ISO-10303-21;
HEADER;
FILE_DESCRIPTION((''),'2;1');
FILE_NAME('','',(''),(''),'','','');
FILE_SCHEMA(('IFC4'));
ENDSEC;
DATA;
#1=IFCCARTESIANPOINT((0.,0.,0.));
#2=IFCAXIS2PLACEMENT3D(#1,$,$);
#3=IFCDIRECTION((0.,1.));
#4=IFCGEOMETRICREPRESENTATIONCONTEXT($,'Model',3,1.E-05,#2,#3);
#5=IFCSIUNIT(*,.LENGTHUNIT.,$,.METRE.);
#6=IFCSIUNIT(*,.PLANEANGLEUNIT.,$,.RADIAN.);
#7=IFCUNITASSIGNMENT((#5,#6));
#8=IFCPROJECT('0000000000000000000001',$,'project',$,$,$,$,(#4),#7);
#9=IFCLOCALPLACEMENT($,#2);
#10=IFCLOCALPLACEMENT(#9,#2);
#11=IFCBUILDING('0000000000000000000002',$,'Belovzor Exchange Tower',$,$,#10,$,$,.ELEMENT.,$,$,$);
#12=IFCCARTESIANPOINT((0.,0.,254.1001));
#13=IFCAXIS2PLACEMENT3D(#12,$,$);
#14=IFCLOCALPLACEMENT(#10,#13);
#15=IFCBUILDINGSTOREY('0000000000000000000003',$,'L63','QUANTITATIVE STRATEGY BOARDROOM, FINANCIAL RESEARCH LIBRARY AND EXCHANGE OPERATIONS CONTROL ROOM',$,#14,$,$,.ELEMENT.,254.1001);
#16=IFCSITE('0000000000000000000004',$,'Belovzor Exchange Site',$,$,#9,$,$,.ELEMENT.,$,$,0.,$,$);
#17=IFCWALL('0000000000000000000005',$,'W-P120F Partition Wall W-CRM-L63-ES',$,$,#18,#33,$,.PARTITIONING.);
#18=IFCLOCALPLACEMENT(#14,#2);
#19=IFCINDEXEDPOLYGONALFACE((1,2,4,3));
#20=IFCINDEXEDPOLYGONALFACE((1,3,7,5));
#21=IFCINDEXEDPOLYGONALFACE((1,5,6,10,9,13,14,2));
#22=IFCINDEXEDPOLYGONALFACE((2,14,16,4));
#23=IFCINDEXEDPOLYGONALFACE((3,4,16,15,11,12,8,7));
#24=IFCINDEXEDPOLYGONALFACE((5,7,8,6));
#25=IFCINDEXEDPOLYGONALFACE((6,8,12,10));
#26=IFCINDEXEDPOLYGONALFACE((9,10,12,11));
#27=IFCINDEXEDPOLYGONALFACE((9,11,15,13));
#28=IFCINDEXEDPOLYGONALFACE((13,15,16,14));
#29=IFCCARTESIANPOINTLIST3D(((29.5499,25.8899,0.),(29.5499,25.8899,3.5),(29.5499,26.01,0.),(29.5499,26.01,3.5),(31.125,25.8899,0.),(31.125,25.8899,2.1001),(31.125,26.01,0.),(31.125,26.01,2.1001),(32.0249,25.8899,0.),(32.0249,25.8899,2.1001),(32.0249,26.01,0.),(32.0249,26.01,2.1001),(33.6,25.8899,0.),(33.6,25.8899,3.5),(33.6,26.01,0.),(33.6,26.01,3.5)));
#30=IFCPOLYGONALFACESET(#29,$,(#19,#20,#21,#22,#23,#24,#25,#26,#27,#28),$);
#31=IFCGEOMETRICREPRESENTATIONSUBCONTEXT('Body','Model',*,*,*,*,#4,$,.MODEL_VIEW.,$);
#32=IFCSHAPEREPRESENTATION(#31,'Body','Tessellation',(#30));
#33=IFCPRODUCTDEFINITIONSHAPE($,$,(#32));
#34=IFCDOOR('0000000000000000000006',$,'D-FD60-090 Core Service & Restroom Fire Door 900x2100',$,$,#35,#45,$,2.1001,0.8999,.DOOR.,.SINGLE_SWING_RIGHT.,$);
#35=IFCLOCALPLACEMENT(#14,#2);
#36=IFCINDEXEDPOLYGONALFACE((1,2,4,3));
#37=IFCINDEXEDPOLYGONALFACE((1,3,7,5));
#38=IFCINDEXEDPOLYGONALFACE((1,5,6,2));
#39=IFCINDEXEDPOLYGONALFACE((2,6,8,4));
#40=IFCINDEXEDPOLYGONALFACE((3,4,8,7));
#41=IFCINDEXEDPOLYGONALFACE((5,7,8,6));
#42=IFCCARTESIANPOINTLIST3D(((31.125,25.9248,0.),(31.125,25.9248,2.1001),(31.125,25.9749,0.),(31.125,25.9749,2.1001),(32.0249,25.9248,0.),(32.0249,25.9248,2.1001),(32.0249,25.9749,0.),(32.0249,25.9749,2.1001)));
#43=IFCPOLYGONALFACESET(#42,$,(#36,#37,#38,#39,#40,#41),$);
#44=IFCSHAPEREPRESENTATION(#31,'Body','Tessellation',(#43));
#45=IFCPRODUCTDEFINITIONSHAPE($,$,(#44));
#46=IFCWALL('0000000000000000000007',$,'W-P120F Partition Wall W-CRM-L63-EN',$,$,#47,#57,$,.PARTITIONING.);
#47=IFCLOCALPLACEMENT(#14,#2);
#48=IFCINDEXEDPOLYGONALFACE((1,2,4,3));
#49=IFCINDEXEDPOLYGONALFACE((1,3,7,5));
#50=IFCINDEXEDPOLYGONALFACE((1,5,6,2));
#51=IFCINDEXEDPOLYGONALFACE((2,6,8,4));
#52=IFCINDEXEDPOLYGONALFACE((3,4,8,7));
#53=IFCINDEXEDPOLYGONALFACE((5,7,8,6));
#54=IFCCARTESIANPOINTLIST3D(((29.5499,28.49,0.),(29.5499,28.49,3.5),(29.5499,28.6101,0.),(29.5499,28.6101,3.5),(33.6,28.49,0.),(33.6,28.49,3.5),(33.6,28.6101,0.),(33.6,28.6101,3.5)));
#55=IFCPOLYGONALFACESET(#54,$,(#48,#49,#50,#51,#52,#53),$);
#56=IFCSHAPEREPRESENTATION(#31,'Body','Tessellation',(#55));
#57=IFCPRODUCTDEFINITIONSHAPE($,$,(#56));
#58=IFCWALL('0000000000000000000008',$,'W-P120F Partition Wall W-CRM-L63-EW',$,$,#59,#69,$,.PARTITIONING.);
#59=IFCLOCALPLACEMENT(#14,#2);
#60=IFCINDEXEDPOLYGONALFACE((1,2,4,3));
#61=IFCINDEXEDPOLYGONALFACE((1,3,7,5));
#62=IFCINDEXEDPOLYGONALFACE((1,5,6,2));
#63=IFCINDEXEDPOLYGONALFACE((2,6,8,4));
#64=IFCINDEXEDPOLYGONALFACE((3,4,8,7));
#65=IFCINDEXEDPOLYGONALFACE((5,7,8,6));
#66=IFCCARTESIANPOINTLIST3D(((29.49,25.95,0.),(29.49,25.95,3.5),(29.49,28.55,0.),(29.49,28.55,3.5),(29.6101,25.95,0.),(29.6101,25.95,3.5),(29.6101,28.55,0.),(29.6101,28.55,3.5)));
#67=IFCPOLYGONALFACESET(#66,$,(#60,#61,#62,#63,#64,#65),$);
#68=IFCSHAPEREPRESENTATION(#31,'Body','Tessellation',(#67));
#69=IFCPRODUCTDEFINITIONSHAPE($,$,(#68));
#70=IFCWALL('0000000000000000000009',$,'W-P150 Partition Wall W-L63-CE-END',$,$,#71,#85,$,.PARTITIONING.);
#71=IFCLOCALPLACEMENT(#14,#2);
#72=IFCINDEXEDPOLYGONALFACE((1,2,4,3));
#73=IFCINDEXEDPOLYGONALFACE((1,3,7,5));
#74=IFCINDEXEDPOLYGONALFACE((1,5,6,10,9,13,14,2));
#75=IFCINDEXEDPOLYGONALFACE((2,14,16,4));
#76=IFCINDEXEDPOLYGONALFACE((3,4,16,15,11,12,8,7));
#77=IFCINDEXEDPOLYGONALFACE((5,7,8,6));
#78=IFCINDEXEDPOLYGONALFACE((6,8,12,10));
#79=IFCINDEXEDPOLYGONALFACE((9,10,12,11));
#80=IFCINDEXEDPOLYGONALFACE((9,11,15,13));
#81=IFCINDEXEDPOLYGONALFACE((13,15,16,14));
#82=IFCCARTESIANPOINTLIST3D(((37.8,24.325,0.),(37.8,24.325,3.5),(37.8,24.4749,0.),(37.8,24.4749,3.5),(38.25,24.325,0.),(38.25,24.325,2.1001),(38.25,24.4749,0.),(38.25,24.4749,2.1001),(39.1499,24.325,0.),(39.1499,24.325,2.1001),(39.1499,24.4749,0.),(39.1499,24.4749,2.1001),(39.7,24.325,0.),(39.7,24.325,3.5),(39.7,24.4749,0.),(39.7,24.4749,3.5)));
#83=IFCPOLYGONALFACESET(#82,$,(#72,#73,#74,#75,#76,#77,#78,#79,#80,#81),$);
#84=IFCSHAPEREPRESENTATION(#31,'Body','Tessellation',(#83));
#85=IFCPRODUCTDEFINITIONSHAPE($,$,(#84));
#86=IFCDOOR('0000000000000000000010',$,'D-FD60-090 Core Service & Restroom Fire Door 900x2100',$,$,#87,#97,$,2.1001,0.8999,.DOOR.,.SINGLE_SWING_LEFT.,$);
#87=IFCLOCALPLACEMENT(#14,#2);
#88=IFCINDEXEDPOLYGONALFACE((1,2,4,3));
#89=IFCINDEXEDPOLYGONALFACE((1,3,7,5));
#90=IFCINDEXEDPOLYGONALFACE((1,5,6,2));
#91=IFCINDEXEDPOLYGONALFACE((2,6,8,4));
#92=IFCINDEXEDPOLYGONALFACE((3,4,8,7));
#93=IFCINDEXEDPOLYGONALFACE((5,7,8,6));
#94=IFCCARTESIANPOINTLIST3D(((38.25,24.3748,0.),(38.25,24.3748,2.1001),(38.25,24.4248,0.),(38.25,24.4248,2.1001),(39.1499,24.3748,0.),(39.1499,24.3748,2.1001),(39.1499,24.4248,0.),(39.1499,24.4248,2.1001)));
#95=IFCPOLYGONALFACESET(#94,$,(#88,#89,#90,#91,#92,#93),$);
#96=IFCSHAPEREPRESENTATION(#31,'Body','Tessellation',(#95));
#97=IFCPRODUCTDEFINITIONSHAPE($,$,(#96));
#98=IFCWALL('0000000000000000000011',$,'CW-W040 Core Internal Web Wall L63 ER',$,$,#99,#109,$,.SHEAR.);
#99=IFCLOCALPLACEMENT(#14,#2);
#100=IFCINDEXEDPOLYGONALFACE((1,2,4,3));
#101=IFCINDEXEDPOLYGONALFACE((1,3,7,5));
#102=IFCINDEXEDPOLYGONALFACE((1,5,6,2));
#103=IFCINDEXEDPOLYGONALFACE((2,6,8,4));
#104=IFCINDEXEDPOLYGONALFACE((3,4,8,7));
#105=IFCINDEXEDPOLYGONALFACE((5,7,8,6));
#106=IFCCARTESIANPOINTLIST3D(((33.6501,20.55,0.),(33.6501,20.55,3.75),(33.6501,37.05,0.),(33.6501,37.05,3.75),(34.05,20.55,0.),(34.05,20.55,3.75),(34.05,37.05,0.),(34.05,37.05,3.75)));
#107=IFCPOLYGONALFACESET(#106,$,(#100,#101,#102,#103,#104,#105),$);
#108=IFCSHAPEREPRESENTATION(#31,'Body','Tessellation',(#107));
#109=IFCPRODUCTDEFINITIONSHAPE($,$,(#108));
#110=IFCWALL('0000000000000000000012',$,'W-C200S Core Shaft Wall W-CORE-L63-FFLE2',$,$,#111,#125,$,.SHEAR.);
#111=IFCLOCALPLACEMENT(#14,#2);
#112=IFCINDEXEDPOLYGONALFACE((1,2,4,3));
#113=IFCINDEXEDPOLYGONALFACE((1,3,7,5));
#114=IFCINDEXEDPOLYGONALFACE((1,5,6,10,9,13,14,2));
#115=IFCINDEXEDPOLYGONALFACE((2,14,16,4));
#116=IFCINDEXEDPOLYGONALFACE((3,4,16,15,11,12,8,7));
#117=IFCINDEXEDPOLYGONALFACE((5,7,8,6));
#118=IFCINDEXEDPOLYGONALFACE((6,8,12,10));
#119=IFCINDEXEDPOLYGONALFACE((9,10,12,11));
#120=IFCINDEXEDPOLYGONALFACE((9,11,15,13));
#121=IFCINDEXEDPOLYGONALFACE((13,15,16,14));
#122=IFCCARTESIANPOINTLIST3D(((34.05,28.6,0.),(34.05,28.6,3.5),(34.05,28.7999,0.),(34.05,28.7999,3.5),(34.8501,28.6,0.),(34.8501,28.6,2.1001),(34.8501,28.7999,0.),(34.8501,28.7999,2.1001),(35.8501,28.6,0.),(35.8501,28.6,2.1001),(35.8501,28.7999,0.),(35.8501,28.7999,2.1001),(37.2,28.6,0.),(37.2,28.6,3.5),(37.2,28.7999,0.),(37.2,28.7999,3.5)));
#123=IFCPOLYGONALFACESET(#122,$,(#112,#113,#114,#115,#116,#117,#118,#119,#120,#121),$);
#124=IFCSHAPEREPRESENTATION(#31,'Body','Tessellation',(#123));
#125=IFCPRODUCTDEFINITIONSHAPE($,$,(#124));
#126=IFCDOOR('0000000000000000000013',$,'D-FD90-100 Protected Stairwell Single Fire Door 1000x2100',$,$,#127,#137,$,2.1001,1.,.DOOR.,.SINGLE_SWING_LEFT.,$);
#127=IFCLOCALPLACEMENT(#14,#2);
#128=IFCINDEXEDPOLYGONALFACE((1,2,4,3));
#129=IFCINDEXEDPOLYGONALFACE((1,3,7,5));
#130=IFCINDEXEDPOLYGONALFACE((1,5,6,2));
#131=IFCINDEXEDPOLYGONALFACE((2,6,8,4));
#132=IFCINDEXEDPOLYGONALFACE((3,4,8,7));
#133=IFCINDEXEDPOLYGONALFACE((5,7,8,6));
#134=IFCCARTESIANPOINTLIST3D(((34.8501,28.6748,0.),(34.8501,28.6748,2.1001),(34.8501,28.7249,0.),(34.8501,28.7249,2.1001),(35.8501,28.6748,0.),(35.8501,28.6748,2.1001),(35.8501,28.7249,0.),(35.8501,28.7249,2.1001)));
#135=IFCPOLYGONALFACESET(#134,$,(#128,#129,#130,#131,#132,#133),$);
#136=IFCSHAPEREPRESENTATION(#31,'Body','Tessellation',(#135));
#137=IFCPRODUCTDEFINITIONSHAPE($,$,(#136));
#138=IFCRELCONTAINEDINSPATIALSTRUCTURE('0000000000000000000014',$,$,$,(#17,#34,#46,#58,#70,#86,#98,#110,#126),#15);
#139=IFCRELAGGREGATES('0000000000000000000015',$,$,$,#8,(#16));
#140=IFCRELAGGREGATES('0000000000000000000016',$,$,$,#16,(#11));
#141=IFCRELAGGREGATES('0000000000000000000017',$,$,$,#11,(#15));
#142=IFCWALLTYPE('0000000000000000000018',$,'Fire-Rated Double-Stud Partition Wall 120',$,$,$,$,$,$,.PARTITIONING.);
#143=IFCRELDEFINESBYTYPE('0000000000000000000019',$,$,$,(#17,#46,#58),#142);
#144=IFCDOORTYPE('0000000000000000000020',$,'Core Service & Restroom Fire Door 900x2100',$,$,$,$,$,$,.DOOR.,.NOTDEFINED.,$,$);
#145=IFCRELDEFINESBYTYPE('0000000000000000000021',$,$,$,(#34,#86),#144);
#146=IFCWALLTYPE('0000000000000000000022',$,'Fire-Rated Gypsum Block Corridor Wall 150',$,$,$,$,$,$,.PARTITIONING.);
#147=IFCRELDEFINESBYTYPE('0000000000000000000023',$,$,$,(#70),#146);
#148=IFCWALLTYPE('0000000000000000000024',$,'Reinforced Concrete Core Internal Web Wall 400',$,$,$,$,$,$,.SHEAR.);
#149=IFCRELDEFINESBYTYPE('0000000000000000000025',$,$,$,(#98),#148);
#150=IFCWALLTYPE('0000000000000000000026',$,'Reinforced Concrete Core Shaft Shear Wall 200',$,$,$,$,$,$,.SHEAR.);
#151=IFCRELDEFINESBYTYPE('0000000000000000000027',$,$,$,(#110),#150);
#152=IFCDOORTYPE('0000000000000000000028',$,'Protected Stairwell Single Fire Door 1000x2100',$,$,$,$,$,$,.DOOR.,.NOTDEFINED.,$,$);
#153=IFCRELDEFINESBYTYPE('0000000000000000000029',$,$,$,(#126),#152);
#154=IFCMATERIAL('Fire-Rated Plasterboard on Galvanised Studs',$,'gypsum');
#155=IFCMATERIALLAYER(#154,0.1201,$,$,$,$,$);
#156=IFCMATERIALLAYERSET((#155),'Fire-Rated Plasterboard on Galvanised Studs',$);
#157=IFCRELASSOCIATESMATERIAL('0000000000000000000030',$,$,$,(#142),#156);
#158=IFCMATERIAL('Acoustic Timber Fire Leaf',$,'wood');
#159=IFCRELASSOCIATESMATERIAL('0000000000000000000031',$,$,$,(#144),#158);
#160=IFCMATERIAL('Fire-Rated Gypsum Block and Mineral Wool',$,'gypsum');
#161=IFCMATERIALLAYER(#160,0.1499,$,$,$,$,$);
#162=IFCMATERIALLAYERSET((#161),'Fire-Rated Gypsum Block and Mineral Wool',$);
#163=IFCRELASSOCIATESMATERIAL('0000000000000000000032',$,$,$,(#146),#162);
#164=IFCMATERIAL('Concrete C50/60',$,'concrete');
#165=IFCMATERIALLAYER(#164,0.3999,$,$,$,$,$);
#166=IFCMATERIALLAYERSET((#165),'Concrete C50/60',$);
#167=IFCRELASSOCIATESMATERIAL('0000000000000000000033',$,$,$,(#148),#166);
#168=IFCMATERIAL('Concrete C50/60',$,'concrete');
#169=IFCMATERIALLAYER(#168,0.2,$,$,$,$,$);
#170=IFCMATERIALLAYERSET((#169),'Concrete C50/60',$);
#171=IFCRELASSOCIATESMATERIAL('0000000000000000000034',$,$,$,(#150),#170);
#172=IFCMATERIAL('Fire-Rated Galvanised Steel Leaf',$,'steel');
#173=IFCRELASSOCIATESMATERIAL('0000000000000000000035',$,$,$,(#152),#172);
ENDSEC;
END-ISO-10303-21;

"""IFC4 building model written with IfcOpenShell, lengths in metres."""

from ifc_helpers import new_model, si_unit, direction, frame, frame_2d, origin, place, context, subcontext, project, spatial, rectangle, extrude, material, layer, layer_set, type_object, element, fill, save


model = new_model("IFC4")

# Units and contexts
model_context = context("Model", 3, precision=1e-05, world=origin(), true_north=direction((0.0, 1.0)))
body_context = subcontext(model_context, "Body", "Model", "MODEL_VIEW")
ifc_project = project(units=[si_unit("LENGTHUNIT", "METRE"), si_unit("PLANEANGLEUNIT", "RADIAN")], contexts=[model_context])

# Site, building, storey
site_placement = place(None, origin())
site = spatial("IfcSite", under=ifc_project, at=site_placement, Name="Belovzor Exchange Site", CompositionType="ELEMENT", RefElevation=0.0)
building_placement = place(site_placement, origin())
building = spatial("IfcBuilding", under=site, at=building_placement, Name="Belovzor Exchange Tower", CompositionType="ELEMENT")
storey_placement = place(building_placement, frame((0.0, 0.0, 254.1001)))
storey = spatial("IfcBuildingStorey", under=building, at=storey_placement, Name="L63", Description="QUANTITATIVE STRATEGY BOARDROOM, FINANCIAL RESEARCH LIBRARY AND EXCHANGE OPERATIONS CONTROL ROOM", CompositionType="ELEMENT", Elevation=254.1001)

# Shared definitions
ifc_material_1 = material(Name="Fire-Rated Plasterboard on Galvanised Studs", Category="gypsum")
ifc_layer_1 = layer(ifc_material_1, 0.1201)
ifc_layer_set_1 = layer_set([ifc_layer_1], Name="Fire-Rated Plasterboard on Galvanised Studs")
wall_type_1 = type_object("IfcWallType", Name="Fire-Rated Double-Stud Partition Wall 120", PredefinedType="PARTITIONING", material=ifc_layer_set_1)

# Shared definitions
ifc_material_2 = material(Name="Acoustic Timber Fire Leaf", Category="wood")
door_type_1 = type_object("IfcDoorType", Name="Core Service & Restroom Fire Door 900x2100", OperationType="NOTDEFINED", PredefinedType="DOOR", material=ifc_material_2)

# Wall, opening, door
wall_1_placement = place(storey_placement, frame((29.55, 25.95, 0.0), z_axis=(0.0, 0.0, 1.0), x_axis=(1.0, 0.0, 0.0)))
wall_1 = element("IfcWall", 1, at=wall_1_placement, inside=storey, type_object=wall_type_1, Name="W-P120F Partition Wall W-CRM-L63-ES", PredefinedType="PARTITIONING", context=body_context, shape_type="SweptSolid", body=[
    extrude(rectangle(XDim=4.05, YDim=0.1201, at=frame_2d((2.0249, 0.0))), origin(), (0.0, 0.0, 1.0), 3.5),
])
opening_1_placement = place(wall_1_placement, frame((1.575, 0.0, 0.0)))
opening_1 = element("IfcOpeningElement", 2, at=opening_1_placement, cuts=wall_1, PredefinedType="OPENING", context=body_context, shape_type="SweptSolid", body=[
    extrude(rectangle(XDim=0.8999, YDim=2.1001, at=frame_2d((0.45, 1.05))), frame((0.0, 0.0701, 0.0), z_axis=(0.0, -1.0, 0.0), x_axis=(1.0, 0.0, 0.0)), (0.0, 0.0, 1.0), 0.1401),
])
door_1_placement = place(opening_1_placement, origin())
door_1 = element("IfcDoor", 3, at=door_1_placement, inside=storey, type_object=door_type_1, Name="D-FD60-090 Core Service & Restroom Fire Door 900x2100", OperationType="SINGLE_SWING_RIGHT", OverallHeight=2.1001, OverallWidth=0.8999, PredefinedType="DOOR", context=body_context, shape_type="SweptSolid", body=[
    extrude(rectangle(XDim=0.8999, YDim=2.1001, at=frame_2d((0.45, 1.05))), frame((0.0, 0.0249, 0.0), z_axis=(0.0, -1.0, 0.0), x_axis=(1.0, 0.0, 0.0)), (0.0, 0.0, 1.0), 0.05),
])
fill(opening_1, door_1)

# Walls
wall_2_placement = place(storey_placement, frame((29.55, 28.55, 0.0), z_axis=(0.0, 0.0, 1.0), x_axis=(1.0, 0.0, 0.0)))
element("IfcWall", 4, at=wall_2_placement, inside=storey, type_object=wall_type_1, Name="W-P120F Partition Wall W-CRM-L63-EN", PredefinedType="PARTITIONING", context=body_context, shape_type="SweptSolid", body=[
    extrude(rectangle(XDim=4.05, YDim=0.1201, at=frame_2d((2.0249, 0.0))), origin(), (0.0, 0.0, 1.0), 3.5),
])
wall_3_placement = place(storey_placement, frame((29.55, 25.95, 0.0), z_axis=(0.0, 0.0, 1.0), x_axis=(0.0, 1.0, 0.0)))
element("IfcWall", 5, at=wall_3_placement, inside=storey, type_object=wall_type_1, Name="W-P120F Partition Wall W-CRM-L63-EW", PredefinedType="PARTITIONING", context=body_context, shape_type="SweptSolid", body=[
    extrude(rectangle(XDim=2.6001, YDim=0.1201, at=frame_2d((1.3, 0.0))), origin(), (0.0, 0.0, 1.0), 3.5),
])

# Wall, opening, door
ifc_material_3 = material(Name="Fire-Rated Gypsum Block and Mineral Wool", Category="gypsum")
ifc_layer_2 = layer(ifc_material_3, 0.1499)
ifc_layer_set_2 = layer_set([ifc_layer_2], Name="Fire-Rated Gypsum Block and Mineral Wool")
wall_type_2 = type_object("IfcWallType", Name="Fire-Rated Gypsum Block Corridor Wall 150", PredefinedType="PARTITIONING", material=ifc_layer_set_2)
wall_4_placement = place(storey_placement, frame((37.8, 24.3999, 0.0), z_axis=(0.0, 0.0, 1.0), x_axis=(1.0, 0.0, 0.0)))
wall_4 = element("IfcWall", 6, at=wall_4_placement, inside=storey, type_object=wall_type_2, Name="W-P150 Partition Wall W-L63-CE-END", PredefinedType="PARTITIONING", context=body_context, shape_type="SweptSolid", body=[
    extrude(rectangle(XDim=1.8999, YDim=0.1499, at=frame_2d((0.95, 0.0))), origin(), (0.0, 0.0, 1.0), 3.5),
])
opening_2_placement = place(wall_4_placement, frame((0.45, 0.0, 0.0)))
opening_2 = element("IfcOpeningElement", 7, at=opening_2_placement, cuts=wall_4, PredefinedType="OPENING", context=body_context, shape_type="SweptSolid", body=[
    extrude(rectangle(XDim=0.8999, YDim=2.1001, at=frame_2d((0.45, 1.05))), frame((0.0, 0.085, 0.0), z_axis=(0.0, -1.0, 0.0), x_axis=(1.0, 0.0, 0.0)), (0.0, 0.0, 1.0), 0.1699),
])
door_2_placement = place(opening_2_placement, origin())
door_2 = element("IfcDoor", 8, at=door_2_placement, inside=storey, type_object=door_type_1, Name="D-FD60-090 Core Service & Restroom Fire Door 900x2100", OperationType="SINGLE_SWING_LEFT", OverallHeight=2.1001, OverallWidth=0.8999, PredefinedType="DOOR", context=body_context, shape_type="SweptSolid", body=[
    extrude(rectangle(XDim=0.8999, YDim=2.1001, at=frame_2d((0.45, 1.05))), frame((0.0, 0.0249, 0.0), z_axis=(0.0, -1.0, 0.0), x_axis=(1.0, 0.0, 0.0)), (0.0, 0.0, 1.0), 0.05),
])
fill(opening_2, door_2)

# Wall
ifc_material_4 = material(Name="Concrete C50/60", Category="concrete")
ifc_layer_3 = layer(ifc_material_4, 0.3999)
ifc_layer_set_3 = layer_set([ifc_layer_3], Name="Concrete C50/60")
wall_type_3 = type_object("IfcWallType", Name="Reinforced Concrete Core Internal Web Wall 400", PredefinedType="SHEAR", material=ifc_layer_set_3)
wall_5_placement = place(storey_placement, frame((33.8501, 20.55, 0.0), z_axis=(0.0, 0.0, 1.0), x_axis=(0.0, 1.0, 0.0)))
element("IfcWall", 9, at=wall_5_placement, inside=storey, type_object=wall_type_3, Name="CW-W040 Core Internal Web Wall L63 ER", PredefinedType="SHEAR", context=body_context, shape_type="SweptSolid", body=[
    extrude(rectangle(XDim=16.5, YDim=0.3999, at=frame_2d((8.25, 0.0))), origin(), (0.0, 0.0, 1.0), 3.75),
])

# Wall, opening, door
ifc_material_5 = material(Name="Concrete C50/60", Category="concrete")
ifc_layer_4 = layer(ifc_material_5, 0.2)
ifc_layer_set_4 = layer_set([ifc_layer_4], Name="Concrete C50/60")
wall_type_4 = type_object("IfcWallType", Name="Reinforced Concrete Core Shaft Shear Wall 200", PredefinedType="SHEAR", material=ifc_layer_set_4)
wall_6_placement = place(storey_placement, frame((34.05, 28.7, 0.0), z_axis=(0.0, 0.0, 1.0), x_axis=(1.0, 0.0, 0.0)))
wall_6 = element("IfcWall", 10, at=wall_6_placement, inside=storey, type_object=wall_type_4, Name="W-C200S Core Shaft Wall W-CORE-L63-FFLE2", PredefinedType="SHEAR", context=body_context, shape_type="SweptSolid", body=[
    extrude(rectangle(XDim=3.1499, YDim=0.2, at=frame_2d((1.575, 0.0))), origin(), (0.0, 0.0, 1.0), 3.5),
])
opening_3_placement = place(wall_6_placement, frame((0.8, 0.0, 0.0)))
opening_3 = element("IfcOpeningElement", 11, at=opening_3_placement, cuts=wall_6, PredefinedType="OPENING", context=body_context, shape_type="SweptSolid", body=[
    extrude(rectangle(XDim=1.0, YDim=2.1001, at=frame_2d((0.5, 1.05))), frame((0.0, 0.1099, 0.0), z_axis=(0.0, -1.0, 0.0), x_axis=(1.0, 0.0, 0.0)), (0.0, 0.0, 1.0), 0.22),
])
ifc_material_6 = material(Name="Fire-Rated Galvanised Steel Leaf", Category="steel")
door_type_2 = type_object("IfcDoorType", Name="Protected Stairwell Single Fire Door 1000x2100", OperationType="NOTDEFINED", PredefinedType="DOOR", material=ifc_material_6)
door_3_placement = place(opening_3_placement, origin())
door_3 = element("IfcDoor", 12, at=door_3_placement, inside=storey, type_object=door_type_2, Name="D-FD90-100 Protected Stairwell Single Fire Door 1000x2100", OperationType="SINGLE_SWING_LEFT", OverallHeight=2.1001, OverallWidth=1.0, PredefinedType="DOOR", context=body_context, shape_type="SweptSolid", body=[
    extrude(rectangle(XDim=1.0, YDim=2.1001, at=frame_2d((0.5, 1.05))), frame((0.0, 0.0249, 0.0), z_axis=(0.0, -1.0, 0.0), x_axis=(1.0, 0.0, 0.0)), (0.0, 0.0, 1.0), 0.05),
])
fill(opening_3, door_3)

save(model, "model.ifc")
